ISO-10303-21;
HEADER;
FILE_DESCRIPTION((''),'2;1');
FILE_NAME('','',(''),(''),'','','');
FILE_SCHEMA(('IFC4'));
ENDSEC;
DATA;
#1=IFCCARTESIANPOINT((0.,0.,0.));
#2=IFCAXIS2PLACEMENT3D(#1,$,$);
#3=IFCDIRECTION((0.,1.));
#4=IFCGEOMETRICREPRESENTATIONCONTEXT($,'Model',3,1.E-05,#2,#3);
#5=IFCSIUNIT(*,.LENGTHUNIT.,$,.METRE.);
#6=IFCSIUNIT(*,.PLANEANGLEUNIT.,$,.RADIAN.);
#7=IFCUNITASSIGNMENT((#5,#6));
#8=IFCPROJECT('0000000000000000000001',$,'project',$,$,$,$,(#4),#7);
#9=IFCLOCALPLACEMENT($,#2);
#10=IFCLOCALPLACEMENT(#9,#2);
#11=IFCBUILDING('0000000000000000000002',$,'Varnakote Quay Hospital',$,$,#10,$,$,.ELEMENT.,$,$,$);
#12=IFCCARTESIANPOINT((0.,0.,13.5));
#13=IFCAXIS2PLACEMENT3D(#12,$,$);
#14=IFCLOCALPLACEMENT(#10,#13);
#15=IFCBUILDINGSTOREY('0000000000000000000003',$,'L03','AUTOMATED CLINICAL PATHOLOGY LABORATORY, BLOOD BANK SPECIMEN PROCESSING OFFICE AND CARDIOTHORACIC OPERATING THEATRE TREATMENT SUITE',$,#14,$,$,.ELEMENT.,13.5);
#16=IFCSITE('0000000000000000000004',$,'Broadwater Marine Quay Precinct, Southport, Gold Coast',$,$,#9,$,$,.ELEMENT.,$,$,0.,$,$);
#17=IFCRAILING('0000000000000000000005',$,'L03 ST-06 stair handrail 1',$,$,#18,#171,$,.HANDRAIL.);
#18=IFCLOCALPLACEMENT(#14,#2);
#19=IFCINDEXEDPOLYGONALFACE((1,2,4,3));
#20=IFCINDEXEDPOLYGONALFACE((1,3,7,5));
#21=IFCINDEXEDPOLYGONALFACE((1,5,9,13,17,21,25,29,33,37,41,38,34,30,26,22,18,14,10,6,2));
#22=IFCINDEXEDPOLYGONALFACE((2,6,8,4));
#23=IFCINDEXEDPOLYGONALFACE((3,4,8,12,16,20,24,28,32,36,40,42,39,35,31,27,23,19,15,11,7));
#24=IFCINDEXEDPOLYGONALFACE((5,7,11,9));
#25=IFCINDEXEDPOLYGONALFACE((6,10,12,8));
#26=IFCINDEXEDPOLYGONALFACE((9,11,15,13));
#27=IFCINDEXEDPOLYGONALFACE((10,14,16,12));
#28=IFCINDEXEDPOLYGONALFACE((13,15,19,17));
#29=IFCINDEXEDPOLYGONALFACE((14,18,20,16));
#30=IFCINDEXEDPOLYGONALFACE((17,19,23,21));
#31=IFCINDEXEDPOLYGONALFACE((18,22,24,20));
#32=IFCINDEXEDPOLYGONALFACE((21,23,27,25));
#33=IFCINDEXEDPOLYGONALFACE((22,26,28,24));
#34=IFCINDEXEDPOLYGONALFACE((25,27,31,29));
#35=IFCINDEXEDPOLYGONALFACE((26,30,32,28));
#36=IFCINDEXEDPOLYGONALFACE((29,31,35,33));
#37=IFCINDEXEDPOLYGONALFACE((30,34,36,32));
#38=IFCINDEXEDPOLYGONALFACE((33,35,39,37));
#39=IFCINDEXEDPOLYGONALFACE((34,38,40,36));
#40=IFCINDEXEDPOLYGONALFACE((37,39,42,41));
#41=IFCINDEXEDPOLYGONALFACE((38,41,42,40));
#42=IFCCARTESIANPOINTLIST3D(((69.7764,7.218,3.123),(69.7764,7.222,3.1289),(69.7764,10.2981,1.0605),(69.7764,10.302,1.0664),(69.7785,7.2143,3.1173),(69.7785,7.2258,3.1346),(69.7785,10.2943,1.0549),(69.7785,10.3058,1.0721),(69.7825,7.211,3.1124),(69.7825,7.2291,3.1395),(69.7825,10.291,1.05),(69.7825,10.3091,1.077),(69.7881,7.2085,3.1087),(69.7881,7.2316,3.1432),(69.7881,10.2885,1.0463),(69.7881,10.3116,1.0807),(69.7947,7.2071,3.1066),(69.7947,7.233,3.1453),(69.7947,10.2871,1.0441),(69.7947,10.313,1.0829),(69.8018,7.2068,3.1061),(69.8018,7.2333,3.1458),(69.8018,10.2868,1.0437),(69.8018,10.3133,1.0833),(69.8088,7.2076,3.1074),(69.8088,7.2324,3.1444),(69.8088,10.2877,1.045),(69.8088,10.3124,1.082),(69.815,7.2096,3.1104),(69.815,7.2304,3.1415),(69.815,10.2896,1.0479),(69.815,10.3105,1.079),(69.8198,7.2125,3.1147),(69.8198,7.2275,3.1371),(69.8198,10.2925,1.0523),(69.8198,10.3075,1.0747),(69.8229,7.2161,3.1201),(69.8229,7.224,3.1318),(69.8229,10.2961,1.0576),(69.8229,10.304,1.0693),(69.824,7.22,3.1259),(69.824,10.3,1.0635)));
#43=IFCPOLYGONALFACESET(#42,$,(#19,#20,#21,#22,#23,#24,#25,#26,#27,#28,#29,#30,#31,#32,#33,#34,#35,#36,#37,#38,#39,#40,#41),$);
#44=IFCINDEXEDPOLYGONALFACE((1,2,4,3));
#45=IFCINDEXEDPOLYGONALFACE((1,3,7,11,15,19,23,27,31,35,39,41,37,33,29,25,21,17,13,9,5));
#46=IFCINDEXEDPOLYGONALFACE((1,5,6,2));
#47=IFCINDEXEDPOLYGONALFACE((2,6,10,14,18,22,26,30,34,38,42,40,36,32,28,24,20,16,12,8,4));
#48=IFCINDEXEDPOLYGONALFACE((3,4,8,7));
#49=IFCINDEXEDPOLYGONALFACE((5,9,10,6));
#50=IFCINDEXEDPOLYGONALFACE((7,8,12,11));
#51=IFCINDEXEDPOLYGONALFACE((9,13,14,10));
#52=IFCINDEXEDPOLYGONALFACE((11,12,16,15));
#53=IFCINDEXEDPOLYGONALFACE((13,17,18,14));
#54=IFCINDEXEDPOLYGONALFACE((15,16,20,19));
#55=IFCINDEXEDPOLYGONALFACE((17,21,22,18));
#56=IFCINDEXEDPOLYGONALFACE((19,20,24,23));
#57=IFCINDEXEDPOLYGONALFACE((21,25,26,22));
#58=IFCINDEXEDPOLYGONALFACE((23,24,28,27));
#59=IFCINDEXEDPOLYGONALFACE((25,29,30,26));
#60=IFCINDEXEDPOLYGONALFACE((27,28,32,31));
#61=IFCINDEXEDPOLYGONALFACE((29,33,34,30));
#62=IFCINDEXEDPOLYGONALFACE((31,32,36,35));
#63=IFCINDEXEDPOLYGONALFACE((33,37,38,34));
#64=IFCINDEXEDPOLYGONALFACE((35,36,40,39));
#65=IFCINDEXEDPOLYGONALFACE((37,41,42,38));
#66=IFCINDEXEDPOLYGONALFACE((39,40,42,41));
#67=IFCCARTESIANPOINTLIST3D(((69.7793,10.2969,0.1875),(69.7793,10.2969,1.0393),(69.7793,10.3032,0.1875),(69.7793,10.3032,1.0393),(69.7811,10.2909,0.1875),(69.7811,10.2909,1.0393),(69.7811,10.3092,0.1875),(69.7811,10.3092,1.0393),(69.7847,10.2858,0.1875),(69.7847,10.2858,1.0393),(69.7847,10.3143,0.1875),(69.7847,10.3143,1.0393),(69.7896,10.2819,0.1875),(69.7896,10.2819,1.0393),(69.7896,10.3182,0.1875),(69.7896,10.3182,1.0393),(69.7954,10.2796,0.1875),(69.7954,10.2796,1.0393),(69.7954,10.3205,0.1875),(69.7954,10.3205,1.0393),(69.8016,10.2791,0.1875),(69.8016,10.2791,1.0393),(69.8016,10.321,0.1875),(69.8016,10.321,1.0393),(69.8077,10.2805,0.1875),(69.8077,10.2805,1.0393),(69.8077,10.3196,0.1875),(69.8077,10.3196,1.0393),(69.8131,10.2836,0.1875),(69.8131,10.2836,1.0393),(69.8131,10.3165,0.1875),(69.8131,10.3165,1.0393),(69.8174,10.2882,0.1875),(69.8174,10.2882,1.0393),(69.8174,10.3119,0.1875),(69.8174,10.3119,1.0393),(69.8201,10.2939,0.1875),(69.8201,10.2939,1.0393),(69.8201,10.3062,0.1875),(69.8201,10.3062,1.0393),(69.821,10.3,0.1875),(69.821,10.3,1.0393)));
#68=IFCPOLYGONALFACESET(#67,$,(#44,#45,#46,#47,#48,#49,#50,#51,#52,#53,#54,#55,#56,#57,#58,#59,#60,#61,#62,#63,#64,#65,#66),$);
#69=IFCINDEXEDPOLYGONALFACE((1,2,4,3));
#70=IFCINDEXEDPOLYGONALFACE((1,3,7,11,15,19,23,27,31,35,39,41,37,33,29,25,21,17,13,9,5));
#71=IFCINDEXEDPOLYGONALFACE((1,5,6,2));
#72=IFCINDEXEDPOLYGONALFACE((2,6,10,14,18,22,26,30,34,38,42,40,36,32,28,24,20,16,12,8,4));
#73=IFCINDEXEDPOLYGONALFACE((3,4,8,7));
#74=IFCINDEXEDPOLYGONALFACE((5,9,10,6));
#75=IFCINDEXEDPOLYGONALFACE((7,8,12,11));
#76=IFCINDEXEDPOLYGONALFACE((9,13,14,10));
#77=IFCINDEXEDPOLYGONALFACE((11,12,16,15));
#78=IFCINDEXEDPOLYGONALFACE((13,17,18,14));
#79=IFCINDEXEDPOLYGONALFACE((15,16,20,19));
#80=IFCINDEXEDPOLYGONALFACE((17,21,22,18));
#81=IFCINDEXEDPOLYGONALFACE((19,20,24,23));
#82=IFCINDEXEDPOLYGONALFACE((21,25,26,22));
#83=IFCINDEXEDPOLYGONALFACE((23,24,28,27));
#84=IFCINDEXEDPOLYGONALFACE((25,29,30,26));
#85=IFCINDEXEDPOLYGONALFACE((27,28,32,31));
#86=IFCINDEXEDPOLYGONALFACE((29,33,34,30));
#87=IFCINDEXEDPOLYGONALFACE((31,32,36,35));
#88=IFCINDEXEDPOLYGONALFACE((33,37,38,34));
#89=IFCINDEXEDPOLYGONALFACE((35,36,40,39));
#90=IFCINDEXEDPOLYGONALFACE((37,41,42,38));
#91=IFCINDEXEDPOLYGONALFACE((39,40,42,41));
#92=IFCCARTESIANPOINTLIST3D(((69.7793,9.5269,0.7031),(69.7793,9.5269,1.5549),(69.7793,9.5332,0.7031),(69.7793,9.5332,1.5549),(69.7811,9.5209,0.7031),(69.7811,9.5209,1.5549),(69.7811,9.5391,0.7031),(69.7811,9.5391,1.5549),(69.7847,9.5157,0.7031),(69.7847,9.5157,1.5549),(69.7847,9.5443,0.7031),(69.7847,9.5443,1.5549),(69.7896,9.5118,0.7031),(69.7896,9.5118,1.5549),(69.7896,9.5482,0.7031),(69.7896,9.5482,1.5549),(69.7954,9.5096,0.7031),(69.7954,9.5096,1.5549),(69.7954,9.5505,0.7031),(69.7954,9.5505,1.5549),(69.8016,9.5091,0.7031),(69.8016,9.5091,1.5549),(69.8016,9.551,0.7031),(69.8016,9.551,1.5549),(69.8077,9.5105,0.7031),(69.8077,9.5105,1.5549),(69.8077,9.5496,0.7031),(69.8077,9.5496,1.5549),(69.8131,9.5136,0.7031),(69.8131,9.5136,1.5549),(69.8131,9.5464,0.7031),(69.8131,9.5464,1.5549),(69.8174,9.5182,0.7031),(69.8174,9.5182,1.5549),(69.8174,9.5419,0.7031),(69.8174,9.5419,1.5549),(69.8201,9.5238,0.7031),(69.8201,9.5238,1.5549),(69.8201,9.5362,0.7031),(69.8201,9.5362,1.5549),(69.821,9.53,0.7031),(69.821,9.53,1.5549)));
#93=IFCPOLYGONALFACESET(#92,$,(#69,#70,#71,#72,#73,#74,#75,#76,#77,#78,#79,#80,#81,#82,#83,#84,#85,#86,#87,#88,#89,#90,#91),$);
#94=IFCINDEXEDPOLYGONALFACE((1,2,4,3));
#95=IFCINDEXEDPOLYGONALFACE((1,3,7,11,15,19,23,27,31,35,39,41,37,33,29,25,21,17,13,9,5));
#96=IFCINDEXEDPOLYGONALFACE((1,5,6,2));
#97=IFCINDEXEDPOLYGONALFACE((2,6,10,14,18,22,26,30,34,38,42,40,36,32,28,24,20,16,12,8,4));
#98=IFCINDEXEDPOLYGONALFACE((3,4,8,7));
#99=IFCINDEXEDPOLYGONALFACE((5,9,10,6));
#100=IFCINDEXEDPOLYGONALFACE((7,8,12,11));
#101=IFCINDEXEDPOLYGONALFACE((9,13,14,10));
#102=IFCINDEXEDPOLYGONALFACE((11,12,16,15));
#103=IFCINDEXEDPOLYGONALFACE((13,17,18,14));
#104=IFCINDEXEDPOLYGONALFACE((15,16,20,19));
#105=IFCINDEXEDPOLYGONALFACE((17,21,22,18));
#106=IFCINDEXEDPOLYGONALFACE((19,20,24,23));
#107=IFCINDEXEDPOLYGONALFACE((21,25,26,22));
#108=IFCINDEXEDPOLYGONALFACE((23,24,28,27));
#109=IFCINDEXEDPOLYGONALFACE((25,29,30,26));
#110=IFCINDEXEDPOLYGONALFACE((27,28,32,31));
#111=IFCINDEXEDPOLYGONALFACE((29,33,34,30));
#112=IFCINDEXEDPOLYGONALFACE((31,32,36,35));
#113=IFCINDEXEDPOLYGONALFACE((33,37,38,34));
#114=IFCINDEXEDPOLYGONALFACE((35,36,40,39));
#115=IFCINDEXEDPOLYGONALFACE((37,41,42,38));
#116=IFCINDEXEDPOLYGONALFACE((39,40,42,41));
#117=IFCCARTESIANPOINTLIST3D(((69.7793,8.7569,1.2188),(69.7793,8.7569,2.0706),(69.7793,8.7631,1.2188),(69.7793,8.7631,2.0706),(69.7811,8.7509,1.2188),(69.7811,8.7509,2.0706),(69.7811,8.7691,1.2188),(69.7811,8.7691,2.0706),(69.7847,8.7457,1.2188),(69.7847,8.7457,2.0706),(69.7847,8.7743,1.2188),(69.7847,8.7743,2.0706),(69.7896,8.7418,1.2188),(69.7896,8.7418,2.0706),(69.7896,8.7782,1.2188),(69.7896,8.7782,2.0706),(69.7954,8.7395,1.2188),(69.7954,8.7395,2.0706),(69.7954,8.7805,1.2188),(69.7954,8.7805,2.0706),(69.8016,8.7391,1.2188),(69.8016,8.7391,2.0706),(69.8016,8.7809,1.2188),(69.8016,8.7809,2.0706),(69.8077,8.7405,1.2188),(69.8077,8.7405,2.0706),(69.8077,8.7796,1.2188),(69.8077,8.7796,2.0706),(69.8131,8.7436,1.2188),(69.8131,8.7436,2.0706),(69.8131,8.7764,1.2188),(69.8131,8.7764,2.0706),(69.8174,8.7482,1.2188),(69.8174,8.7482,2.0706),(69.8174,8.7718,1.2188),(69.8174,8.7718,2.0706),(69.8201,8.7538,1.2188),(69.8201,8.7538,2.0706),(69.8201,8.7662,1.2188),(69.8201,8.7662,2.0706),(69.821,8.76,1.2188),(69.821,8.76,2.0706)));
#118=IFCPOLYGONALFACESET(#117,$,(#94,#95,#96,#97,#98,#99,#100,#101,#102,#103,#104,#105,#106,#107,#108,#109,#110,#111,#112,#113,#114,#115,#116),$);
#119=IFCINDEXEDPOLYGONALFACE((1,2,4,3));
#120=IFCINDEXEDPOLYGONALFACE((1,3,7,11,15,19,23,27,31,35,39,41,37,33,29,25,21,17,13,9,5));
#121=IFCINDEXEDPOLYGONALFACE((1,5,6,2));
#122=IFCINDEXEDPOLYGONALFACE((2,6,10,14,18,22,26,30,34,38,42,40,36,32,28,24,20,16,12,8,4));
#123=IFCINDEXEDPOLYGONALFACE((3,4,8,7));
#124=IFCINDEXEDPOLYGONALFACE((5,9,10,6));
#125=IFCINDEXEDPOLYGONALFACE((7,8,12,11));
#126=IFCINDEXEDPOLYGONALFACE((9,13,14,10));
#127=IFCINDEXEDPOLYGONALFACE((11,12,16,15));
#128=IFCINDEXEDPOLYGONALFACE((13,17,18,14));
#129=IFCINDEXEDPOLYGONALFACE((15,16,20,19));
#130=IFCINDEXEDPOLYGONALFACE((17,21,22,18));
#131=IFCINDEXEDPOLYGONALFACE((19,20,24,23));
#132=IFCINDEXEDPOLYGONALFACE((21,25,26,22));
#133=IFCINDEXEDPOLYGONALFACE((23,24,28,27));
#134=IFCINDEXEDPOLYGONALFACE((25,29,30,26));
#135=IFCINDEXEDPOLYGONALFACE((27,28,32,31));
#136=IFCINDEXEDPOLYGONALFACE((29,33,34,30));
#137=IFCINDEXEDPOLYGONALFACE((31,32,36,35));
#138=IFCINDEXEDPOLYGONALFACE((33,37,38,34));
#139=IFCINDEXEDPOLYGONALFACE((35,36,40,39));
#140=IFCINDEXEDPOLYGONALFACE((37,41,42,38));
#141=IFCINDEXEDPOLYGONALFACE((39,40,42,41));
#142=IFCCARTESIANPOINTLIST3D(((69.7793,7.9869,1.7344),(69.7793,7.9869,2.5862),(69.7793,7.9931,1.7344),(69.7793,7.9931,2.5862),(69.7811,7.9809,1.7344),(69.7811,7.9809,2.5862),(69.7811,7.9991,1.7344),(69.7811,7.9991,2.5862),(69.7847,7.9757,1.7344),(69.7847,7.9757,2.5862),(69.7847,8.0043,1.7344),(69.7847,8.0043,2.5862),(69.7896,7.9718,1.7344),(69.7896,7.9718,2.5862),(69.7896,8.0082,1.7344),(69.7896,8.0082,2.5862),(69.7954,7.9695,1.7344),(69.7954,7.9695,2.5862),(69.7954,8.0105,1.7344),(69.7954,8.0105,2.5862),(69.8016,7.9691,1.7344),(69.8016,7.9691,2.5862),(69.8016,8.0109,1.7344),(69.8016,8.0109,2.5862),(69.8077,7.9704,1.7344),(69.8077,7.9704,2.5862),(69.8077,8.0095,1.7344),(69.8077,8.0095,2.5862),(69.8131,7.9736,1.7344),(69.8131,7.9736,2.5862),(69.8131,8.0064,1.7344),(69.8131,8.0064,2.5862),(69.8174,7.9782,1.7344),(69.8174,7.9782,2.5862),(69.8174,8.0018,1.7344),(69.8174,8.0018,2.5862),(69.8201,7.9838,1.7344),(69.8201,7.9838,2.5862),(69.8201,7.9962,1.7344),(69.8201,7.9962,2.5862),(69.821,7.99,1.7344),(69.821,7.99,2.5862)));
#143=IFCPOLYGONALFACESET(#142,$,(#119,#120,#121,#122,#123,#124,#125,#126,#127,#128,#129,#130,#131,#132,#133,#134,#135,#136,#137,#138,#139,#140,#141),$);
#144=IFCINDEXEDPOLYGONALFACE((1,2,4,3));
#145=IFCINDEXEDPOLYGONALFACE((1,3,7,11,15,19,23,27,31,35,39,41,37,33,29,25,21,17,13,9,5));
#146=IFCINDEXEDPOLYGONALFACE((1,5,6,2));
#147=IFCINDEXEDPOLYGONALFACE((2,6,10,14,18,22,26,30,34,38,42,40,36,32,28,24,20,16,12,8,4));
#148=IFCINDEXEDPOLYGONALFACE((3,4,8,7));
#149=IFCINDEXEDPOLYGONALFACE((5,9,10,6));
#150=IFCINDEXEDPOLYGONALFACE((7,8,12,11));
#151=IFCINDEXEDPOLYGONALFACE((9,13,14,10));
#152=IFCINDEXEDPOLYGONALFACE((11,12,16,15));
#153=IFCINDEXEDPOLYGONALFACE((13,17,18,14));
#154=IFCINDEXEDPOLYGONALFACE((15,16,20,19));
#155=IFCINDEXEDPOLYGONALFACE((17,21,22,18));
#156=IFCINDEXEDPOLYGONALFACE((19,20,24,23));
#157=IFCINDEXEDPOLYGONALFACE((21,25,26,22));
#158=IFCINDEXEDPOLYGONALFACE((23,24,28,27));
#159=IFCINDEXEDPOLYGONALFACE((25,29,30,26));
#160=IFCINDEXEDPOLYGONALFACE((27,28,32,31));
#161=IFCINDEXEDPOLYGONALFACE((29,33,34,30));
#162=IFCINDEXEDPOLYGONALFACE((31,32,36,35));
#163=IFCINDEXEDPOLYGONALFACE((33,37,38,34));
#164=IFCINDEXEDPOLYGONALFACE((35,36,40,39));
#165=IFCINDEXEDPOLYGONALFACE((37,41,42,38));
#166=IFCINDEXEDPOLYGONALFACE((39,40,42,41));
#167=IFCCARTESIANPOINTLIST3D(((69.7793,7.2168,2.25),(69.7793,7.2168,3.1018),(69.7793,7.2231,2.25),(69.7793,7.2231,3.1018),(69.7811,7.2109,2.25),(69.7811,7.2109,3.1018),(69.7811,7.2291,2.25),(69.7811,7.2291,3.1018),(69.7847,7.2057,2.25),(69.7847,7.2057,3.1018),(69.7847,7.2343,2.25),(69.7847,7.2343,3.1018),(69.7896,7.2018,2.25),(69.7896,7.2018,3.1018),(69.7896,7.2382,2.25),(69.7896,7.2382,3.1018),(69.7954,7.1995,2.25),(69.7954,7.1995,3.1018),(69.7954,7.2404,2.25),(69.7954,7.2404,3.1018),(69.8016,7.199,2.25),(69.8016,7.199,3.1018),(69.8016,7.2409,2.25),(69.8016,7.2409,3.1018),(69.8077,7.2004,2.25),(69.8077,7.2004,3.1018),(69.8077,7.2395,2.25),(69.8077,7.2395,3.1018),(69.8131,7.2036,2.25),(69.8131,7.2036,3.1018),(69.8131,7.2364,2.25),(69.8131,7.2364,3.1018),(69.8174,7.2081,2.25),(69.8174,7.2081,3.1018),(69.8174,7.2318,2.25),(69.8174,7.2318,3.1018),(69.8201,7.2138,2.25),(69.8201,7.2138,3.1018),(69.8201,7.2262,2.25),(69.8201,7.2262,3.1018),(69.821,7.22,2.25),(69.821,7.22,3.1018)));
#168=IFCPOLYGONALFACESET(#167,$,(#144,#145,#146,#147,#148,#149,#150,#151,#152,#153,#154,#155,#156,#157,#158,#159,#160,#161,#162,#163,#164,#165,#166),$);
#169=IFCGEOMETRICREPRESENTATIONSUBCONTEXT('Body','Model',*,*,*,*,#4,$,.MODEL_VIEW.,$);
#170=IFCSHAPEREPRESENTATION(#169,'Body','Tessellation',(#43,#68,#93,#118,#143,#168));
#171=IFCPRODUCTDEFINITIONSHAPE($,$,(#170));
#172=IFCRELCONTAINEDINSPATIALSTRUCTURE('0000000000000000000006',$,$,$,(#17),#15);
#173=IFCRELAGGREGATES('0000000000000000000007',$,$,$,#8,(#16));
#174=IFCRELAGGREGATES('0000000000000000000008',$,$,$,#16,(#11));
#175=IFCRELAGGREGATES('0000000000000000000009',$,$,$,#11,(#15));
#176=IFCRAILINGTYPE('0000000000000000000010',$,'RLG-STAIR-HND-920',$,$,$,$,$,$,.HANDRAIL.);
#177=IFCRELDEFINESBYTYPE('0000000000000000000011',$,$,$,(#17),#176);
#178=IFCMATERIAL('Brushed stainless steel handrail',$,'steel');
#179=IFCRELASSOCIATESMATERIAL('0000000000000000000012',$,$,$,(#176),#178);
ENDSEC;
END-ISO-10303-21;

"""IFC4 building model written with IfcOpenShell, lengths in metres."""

from ifc_helpers import new_model, si_unit, direction, frame, origin, origin_2d, place, context, subcontext, project, spatial, circle, extrude, material, type_object, element, save


model = new_model("IFC4")

# Units and contexts
model_context = context("Model", 3, precision=1e-05, world=origin(), true_north=direction((0.0, 1.0)))
body_context = subcontext(model_context, "Body", "Model", "MODEL_VIEW")
ifc_project = project(units=[si_unit("LENGTHUNIT", "METRE"), si_unit("PLANEANGLEUNIT", "RADIAN")], contexts=[model_context])

# Site, building, storey
site_placement = place(None, origin())
site = spatial("IfcSite", under=ifc_project, at=site_placement, Name="Broadwater Marine Quay Precinct, Southport, Gold Coast", CompositionType="ELEMENT", RefElevation=0.0)
building_placement = place(site_placement, origin())
building = spatial("IfcBuilding", under=site, at=building_placement, Name="Varnakote Quay Hospital", CompositionType="ELEMENT")
storey_placement = place(building_placement, frame((0.0, 0.0, 13.5)))
storey = spatial("IfcBuildingStorey", under=building, at=storey_placement, Name="L03", Description="AUTOMATED CLINICAL PATHOLOGY LABORATORY, BLOOD BANK SPECIMEN PROCESSING OFFICE AND CARDIOTHORACIC OPERATING THEATRE TREATMENT SUITE", CompositionType="ELEMENT", Elevation=13.5)

# Railing
ifc_material_1 = material(Name="Brushed stainless steel handrail", Category="steel")
railing_type_1 = type_object("IfcRailingType", Name="RLG-STAIR-HND-920", PredefinedType="HANDRAIL", material=ifc_material_1)
railing_1_placement = place(storey_placement, frame((69.8, 10.3, 0.1875)))
element("IfcRailing", 1, at=railing_1_placement, inside=storey, type_object=railing_type_1, Name="L03 ST-06 stair handrail 1", PredefinedType="HANDRAIL", context=body_context, shape_type="SweptSolid", body=[
    extrude(circle(Radius=0.0239, at=origin_2d()), frame((0.0, 0.0, 0.876), z_axis=(0.0, -0.830914, 0.556401), x_axis=(1.0, 0.0, 0.0)), (0.0, 0.0, 1.0), 3.7068),
    extrude(circle(Radius=0.021, at=origin_2d()), origin(), (0.0, 0.0, 1.0), 0.8518),
    extrude(circle(Radius=0.021, at=origin_2d()), frame((0.0, -0.77, 0.5156)), (0.0, 0.0, 1.0), 0.8518),
    extrude(circle(Radius=0.021, at=origin_2d()), frame((0.0, -1.54, 1.0312)), (0.0, 0.0, 1.0), 0.8518),
    extrude(circle(Radius=0.021, at=origin_2d()), frame((0.0, -2.3101, 1.5469)), (0.0, 0.0, 1.0), 0.8518),
    extrude(circle(Radius=0.021, at=origin_2d()), frame((0.0, -3.0801, 2.0625)), (0.0, 0.0, 1.0), 0.8518),
])

save(model, "model.ifc")
